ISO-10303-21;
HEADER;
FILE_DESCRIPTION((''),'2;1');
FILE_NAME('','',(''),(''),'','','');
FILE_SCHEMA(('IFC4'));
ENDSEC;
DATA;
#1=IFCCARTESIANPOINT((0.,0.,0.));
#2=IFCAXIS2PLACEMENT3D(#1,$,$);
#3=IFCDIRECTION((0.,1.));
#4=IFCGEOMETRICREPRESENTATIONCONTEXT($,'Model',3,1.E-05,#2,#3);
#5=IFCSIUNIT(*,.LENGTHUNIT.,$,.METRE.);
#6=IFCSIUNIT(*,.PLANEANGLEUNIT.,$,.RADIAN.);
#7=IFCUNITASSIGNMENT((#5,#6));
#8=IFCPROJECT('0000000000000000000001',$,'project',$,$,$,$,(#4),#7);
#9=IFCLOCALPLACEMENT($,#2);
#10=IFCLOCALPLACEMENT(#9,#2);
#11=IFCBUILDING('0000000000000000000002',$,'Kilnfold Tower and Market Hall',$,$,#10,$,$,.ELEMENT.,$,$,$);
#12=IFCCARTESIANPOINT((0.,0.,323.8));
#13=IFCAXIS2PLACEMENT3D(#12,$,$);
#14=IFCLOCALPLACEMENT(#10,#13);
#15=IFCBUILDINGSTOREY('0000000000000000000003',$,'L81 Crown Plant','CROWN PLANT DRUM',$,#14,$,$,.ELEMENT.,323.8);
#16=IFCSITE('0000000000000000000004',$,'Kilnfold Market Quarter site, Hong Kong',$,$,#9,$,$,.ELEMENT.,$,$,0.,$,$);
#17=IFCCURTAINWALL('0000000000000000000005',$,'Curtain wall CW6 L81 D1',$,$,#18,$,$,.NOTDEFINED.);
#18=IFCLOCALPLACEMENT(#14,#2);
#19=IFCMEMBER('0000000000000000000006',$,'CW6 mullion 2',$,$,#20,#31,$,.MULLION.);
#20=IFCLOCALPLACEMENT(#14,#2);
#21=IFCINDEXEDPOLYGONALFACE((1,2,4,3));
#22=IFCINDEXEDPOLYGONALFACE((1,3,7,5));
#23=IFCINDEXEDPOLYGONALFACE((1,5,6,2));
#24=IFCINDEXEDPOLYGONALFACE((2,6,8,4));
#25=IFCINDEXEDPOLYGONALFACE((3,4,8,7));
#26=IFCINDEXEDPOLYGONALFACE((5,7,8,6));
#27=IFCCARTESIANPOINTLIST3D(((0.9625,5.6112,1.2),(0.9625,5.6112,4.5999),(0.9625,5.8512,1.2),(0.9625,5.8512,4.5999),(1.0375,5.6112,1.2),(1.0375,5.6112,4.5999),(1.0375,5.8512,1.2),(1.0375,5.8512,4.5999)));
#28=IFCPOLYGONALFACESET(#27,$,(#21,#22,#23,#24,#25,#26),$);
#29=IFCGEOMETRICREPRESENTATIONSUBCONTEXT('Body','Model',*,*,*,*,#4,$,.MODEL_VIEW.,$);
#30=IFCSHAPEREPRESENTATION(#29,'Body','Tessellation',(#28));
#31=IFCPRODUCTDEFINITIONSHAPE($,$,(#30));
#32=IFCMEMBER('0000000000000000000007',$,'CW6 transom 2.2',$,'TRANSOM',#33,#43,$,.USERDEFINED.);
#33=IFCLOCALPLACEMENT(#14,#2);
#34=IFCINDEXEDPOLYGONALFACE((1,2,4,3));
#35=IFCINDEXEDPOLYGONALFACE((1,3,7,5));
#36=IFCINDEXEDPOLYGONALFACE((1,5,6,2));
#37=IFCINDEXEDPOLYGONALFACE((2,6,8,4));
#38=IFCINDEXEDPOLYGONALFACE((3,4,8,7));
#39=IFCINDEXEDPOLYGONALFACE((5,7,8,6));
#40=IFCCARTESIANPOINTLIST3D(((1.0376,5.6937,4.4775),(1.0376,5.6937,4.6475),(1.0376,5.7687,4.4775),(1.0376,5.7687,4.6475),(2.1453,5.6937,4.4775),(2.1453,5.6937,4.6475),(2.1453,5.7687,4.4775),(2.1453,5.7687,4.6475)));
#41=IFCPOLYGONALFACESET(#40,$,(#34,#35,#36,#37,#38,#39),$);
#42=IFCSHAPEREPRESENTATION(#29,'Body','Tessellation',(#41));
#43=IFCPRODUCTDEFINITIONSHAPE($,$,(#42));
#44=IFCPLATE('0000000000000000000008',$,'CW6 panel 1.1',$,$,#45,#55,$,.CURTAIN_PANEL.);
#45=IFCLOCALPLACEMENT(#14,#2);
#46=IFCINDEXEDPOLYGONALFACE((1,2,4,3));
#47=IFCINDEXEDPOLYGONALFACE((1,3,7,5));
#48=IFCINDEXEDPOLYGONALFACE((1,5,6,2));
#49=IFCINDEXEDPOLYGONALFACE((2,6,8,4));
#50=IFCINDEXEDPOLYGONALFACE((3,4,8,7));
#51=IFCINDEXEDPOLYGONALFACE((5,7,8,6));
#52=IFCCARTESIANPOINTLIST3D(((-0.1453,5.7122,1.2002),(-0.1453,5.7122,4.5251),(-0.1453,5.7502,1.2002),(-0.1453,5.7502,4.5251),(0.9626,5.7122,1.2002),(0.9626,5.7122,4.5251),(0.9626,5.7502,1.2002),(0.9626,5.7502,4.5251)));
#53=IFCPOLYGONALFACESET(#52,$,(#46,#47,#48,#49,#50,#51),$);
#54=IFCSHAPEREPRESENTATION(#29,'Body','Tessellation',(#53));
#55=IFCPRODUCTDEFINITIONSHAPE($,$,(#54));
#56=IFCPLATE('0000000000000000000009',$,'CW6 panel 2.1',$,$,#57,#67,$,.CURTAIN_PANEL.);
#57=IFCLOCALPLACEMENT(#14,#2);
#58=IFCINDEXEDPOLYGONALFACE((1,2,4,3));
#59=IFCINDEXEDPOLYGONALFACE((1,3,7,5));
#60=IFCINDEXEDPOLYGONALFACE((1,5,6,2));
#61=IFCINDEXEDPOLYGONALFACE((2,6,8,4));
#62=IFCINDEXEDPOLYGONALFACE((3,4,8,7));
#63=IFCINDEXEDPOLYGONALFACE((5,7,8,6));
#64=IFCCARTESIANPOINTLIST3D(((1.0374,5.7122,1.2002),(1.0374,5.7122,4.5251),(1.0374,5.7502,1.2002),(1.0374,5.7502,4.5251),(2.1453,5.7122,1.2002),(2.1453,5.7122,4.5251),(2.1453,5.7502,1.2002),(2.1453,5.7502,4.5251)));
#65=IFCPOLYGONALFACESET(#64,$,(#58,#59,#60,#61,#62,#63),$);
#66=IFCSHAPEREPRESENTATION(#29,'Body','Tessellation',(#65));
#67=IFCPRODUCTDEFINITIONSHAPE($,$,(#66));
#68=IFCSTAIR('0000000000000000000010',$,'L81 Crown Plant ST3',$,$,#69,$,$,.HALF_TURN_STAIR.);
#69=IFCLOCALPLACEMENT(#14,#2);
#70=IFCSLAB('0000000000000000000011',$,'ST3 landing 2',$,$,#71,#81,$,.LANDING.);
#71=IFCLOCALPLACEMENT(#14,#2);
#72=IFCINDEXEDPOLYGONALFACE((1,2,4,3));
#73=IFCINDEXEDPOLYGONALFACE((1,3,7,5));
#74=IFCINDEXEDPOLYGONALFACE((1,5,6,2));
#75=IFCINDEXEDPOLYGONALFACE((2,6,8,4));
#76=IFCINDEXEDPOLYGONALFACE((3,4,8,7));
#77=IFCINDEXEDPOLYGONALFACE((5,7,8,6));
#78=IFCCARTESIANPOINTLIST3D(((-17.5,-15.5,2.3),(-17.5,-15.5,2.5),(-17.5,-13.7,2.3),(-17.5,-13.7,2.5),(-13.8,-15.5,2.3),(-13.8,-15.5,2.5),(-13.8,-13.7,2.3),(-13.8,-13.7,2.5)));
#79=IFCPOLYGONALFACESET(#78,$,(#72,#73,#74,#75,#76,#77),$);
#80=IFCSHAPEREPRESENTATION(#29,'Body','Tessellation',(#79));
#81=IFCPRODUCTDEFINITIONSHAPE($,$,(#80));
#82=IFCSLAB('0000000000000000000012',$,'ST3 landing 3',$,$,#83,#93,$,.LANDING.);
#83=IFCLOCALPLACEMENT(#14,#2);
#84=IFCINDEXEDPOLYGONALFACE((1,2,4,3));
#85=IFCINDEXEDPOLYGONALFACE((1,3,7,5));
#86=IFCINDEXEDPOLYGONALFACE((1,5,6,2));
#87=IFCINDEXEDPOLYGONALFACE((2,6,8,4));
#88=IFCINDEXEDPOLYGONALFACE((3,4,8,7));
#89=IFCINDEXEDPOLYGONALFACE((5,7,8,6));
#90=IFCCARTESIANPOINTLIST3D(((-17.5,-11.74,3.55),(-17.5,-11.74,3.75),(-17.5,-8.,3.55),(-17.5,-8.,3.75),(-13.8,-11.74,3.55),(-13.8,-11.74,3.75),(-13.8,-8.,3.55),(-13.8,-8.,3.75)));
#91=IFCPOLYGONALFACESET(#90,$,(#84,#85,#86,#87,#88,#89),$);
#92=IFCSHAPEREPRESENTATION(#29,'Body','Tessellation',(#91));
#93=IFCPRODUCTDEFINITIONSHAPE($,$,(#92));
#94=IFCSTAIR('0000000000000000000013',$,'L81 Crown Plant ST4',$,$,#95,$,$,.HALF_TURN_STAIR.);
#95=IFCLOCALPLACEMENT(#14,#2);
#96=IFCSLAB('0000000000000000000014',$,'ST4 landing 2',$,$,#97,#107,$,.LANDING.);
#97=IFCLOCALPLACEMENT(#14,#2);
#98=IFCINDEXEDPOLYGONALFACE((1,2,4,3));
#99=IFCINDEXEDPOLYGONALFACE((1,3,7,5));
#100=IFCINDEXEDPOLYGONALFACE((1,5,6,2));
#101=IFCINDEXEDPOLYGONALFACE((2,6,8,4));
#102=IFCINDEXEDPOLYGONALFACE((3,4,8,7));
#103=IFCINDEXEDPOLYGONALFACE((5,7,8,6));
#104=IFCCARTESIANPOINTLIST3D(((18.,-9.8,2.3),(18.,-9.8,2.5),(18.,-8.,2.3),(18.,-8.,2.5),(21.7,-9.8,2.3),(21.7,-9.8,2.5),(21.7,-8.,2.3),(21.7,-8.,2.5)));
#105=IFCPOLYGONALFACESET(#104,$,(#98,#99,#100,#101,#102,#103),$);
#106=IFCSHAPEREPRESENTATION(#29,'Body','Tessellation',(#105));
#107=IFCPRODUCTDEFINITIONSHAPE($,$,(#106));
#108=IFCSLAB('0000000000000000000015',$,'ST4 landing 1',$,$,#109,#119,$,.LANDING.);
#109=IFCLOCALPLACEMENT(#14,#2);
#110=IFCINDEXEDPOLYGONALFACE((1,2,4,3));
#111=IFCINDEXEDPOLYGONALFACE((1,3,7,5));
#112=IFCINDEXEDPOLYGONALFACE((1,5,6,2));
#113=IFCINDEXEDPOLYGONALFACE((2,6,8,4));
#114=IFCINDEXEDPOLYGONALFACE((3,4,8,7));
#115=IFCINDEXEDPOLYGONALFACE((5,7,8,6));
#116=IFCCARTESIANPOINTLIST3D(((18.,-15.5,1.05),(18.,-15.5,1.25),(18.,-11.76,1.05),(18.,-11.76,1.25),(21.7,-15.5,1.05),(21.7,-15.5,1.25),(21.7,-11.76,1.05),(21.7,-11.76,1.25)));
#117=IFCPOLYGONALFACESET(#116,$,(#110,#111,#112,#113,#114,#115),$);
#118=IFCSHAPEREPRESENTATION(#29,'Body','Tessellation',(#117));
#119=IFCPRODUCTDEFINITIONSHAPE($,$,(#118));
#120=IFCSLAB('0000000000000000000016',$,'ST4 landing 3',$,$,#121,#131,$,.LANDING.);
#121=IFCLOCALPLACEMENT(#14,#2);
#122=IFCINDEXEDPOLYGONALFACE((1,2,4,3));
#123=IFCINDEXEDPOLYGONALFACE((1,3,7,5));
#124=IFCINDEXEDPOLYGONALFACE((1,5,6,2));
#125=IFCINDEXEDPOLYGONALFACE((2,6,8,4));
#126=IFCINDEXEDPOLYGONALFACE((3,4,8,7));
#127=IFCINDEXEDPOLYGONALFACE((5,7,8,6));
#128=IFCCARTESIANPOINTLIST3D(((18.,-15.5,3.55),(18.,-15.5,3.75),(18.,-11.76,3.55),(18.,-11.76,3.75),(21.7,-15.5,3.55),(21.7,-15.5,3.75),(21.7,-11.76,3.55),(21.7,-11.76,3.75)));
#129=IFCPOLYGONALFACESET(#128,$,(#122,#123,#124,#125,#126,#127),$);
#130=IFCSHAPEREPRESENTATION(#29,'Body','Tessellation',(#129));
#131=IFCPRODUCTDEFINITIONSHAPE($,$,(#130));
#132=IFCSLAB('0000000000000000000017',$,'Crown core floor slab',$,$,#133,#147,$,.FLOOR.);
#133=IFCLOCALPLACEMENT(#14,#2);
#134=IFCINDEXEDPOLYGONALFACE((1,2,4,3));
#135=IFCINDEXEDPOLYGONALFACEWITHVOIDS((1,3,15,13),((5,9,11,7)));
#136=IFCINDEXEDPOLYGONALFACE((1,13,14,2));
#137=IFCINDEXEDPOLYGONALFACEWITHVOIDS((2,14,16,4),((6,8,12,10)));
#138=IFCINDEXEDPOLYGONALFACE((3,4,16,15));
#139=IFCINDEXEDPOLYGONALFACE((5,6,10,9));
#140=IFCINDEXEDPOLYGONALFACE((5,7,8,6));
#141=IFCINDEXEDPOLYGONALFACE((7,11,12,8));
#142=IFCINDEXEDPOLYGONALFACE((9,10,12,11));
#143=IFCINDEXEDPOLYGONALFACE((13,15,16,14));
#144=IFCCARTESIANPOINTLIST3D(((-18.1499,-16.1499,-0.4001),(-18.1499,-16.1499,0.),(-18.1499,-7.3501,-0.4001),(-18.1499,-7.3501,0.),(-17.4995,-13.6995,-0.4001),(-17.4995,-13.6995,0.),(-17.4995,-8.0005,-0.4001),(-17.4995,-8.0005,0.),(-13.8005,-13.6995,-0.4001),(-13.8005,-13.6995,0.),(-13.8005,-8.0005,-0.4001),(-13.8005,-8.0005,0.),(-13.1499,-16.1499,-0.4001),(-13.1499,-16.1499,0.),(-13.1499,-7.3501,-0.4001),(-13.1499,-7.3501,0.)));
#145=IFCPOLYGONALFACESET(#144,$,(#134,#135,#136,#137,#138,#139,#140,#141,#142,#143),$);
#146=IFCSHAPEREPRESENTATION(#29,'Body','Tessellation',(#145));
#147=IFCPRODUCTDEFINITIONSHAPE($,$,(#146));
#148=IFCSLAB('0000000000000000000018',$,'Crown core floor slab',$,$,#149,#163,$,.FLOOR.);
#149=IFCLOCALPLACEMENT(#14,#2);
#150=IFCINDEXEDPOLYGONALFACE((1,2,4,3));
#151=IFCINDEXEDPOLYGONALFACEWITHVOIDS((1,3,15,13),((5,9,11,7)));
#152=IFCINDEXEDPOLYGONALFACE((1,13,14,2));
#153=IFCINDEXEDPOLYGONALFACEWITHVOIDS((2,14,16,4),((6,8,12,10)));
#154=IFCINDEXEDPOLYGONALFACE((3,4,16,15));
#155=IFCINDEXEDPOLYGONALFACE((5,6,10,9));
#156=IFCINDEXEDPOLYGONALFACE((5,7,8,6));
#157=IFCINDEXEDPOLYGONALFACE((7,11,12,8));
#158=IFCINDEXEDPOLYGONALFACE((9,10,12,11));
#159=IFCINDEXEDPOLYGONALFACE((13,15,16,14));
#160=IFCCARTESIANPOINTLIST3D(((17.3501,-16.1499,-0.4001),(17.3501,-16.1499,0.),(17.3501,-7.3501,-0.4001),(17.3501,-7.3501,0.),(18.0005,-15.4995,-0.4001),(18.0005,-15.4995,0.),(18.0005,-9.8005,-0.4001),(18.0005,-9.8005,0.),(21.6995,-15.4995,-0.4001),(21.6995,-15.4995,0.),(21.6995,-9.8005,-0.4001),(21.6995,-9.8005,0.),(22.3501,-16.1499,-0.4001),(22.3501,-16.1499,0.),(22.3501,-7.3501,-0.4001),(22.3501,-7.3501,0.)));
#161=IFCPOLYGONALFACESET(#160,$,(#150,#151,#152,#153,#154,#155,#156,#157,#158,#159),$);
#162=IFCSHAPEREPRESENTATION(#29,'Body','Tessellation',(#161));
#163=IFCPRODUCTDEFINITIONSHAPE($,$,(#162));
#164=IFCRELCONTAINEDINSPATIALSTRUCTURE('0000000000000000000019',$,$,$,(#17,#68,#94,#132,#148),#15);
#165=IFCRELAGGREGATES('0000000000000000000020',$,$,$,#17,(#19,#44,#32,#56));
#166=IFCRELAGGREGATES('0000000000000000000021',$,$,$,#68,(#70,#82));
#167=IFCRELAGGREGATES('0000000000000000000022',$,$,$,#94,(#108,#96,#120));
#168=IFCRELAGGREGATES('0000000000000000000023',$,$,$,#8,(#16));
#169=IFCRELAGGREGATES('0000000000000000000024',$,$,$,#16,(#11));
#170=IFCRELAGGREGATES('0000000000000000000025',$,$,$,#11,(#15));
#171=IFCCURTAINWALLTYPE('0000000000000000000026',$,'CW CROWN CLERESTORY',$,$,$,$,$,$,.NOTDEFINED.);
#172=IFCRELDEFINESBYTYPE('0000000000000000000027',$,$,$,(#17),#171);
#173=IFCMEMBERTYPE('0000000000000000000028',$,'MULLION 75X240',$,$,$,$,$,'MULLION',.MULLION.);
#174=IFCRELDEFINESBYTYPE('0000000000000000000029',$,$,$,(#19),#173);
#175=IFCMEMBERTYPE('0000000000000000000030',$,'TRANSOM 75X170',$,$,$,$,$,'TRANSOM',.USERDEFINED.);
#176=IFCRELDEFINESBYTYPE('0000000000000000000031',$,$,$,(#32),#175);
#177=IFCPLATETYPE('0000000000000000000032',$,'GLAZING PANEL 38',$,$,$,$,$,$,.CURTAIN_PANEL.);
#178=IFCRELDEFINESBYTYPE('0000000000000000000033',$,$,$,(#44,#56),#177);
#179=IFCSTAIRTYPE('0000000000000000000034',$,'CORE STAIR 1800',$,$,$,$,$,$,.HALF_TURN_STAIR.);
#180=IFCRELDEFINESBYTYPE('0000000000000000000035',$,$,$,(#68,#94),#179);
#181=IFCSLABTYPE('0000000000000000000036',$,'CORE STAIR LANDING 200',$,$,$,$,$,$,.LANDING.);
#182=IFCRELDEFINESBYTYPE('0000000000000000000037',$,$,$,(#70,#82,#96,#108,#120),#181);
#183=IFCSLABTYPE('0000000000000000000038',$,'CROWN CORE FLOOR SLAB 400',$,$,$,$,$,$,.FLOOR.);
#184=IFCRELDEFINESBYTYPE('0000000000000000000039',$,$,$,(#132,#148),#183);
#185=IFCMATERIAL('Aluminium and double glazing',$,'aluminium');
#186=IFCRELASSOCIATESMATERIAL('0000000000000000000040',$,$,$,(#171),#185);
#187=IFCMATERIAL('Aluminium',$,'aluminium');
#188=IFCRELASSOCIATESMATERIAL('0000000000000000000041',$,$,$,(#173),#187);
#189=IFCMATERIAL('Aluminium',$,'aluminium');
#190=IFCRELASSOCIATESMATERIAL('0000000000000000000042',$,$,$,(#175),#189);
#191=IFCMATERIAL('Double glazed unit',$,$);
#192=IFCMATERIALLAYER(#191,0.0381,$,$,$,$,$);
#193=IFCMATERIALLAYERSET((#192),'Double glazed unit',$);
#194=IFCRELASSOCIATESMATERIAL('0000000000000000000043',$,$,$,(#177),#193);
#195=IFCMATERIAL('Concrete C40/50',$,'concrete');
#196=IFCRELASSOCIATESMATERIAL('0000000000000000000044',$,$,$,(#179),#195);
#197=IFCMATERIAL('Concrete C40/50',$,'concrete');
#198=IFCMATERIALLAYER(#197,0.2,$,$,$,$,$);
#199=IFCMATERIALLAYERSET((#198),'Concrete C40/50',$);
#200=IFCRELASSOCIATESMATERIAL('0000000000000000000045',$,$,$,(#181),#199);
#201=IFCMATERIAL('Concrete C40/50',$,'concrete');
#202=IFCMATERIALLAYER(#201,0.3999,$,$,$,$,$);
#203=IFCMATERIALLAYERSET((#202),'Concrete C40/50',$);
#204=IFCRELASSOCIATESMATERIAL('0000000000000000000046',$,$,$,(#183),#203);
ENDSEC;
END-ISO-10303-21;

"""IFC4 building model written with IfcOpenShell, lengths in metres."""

from ifc_helpers import new_model, si_unit, direction, frame, origin, origin_2d, place, context, subcontext, project, spatial, polyline, rectangle, outline, extrude, source, transform, mapped, material, layer, layer_set, material_profile, profile_set, type_object, element, aggregate, save


model = new_model("IFC4")

# Units and contexts
model_context = context("Model", 3, precision=1e-05, world=origin(), true_north=direction((0.0, 1.0)))
body_context = subcontext(model_context, "Body", "Model", "MODEL_VIEW")
ifc_project = project(units=[si_unit("LENGTHUNIT", "METRE"), si_unit("PLANEANGLEUNIT", "RADIAN")], contexts=[model_context])

# Site, building, storey
site_placement = place(None, origin())
site = spatial("IfcSite", under=ifc_project, at=site_placement, Name="Kilnfold Market Quarter site, Hong Kong", CompositionType="ELEMENT", RefElevation=0.0)
building_placement = place(site_placement, origin())
building = spatial("IfcBuilding", under=site, at=building_placement, Name="Kilnfold Tower and Market Hall", CompositionType="ELEMENT")
storey_placement = place(building_placement, frame((0.0, 0.0, 323.8)))
storey = spatial("IfcBuildingStorey", under=building, at=storey_placement, Name="L81 Crown Plant", Description="CROWN PLANT DRUM", CompositionType="ELEMENT", Elevation=323.8)

# Curtain wall, members, plates
ifc_material_1 = material(Name="Aluminium and double glazing", Category="aluminium")
curtain_wall_type = type_object("IfcCurtainWallType", Name="CW CROWN CLERESTORY", PredefinedType="NOTDEFINED", material=ifc_material_1)
curtain_wall_placement = place(storey_placement, origin())
curtain_wall = element("IfcCurtainWall", 1, at=curtain_wall_placement, inside=storey, type_object=curtain_wall_type, Name="Curtain wall CW6 L81 D1", PredefinedType="NOTDEFINED")
ifc_material_2 = material(Name="Aluminium", Category="aluminium")
ifc_material_profile_1 = material_profile(ifc_material_2, rectangle(XDim=0.075, YDim=0.24, at=origin_2d()), Name="MULLION 75x240")
ifc_profile_set_1 = profile_set([ifc_material_profile_1], Name="Aluminium")
member_type_1 = type_object("IfcMemberType", Name="MULLION 75X240", ElementType="MULLION", PredefinedType="MULLION", material=ifc_profile_set_1)
shared_shape_1 = source(origin(), body_context, "Body", "SweptSolid", [
    extrude(rectangle(XDim=0.075, YDim=0.24, at=origin_2d()), origin(), (0.0, 0.0, 1.0), 3.3999),
])
member_1_placement = place(storey_placement, frame((1.0, 5.7312, 1.2), z_axis=(0.0, 0.0, 1.0), x_axis=(1.0, 0.0, 0.0)))
member_1 = element("IfcMember", 2, at=member_1_placement, type_object=member_type_1, Name="CW6 mullion 2", PredefinedType="MULLION", context=body_context, shape_type="MappedRepresentation", body=[
    mapped(shared_shape_1, transform((0.0, 0.0, 0.0))),
])
ifc_material_3 = material(Name="Aluminium", Category="aluminium")
ifc_material_profile_2 = material_profile(ifc_material_3, rectangle(XDim=0.075, YDim=0.1699, at=origin_2d()), Name="TRANSOM 75x170")
ifc_profile_set_2 = profile_set([ifc_material_profile_2], Name="Aluminium")
member_type_2 = type_object("IfcMemberType", Name="TRANSOM 75X170", ElementType="TRANSOM", PredefinedType="USERDEFINED", material=ifc_profile_set_2)
shared_shape_2 = source(origin(), body_context, "Body", "SweptSolid", [
    extrude(rectangle(XDim=0.075, YDim=0.1699, at=origin_2d()), origin(), (0.0, 0.0, 1.0), 1.1077),
])
member_2_placement = place(storey_placement, frame((1.0376, 5.7312, 4.5625), z_axis=(1.0, 0.0, 0.0), x_axis=(0.0, 1.0, 0.0)))
member_2 = element("IfcMember", 3, at=member_2_placement, type_object=member_type_2, Name="CW6 transom 2.2", ObjectType="TRANSOM", PredefinedType="USERDEFINED", context=body_context, shape_type="MappedRepresentation", body=[
    mapped(shared_shape_2, transform((0.0, 0.0, 0.0))),
])
ifc_material_4 = material(Name="Double glazed unit")
ifc_layer_1 = layer(ifc_material_4, 0.0381)
ifc_layer_set_1 = layer_set([ifc_layer_1], Name="Double glazed unit")
plate_type = type_object("IfcPlateType", Name="GLAZING PANEL 38", PredefinedType="CURTAIN_PANEL", material=ifc_layer_set_1)
shared_shape_3 = source(origin(), body_context, "Body", "SweptSolid", [
    extrude(rectangle(XDim=1.1079, YDim=0.0381, at=origin_2d()), origin(), (0.0, 0.0, 1.0), 3.325),
])
plate_1_placement = place(storey_placement, frame((0.4087, 5.7312, 1.2002), z_axis=(0.0, 0.0, 1.0), x_axis=(1.0, 0.0, 0.0)))
plate_1 = element("IfcPlate", 4, at=plate_1_placement, type_object=plate_type, Name="CW6 panel 1.1", PredefinedType="CURTAIN_PANEL", context=body_context, shape_type="MappedRepresentation", body=[
    mapped(shared_shape_3, transform((0.0, 0.0, 0.0))),
])
plate_2_placement = place(storey_placement, frame((1.5913, 5.7312, 1.2002), z_axis=(0.0, 0.0, 1.0), x_axis=(1.0, 0.0, 0.0)))
plate_2 = element("IfcPlate", 5, at=plate_2_placement, type_object=plate_type, Name="CW6 panel 2.1", PredefinedType="CURTAIN_PANEL", context=body_context, shape_type="MappedRepresentation", body=[
    mapped(shared_shape_3, transform((0.0, 0.0, 0.0))),
])
aggregate(curtain_wall, [member_1, plate_1, member_2, plate_2])

# Stairs, slabs
ifc_material_5 = material(Name="Concrete C40/50", Category="concrete")
stair_type = type_object("IfcStairType", Name="CORE STAIR 1800", PredefinedType="HALF_TURN_STAIR", material=ifc_material_5)
stair_1_placement = place(storey_placement, origin())
stair_1 = element("IfcStair", 6, at=stair_1_placement, inside=storey, type_object=stair_type, Name="L81 Crown Plant ST3", PredefinedType="HALF_TURN_STAIR")
ifc_material_6 = material(Name="Concrete C40/50", Category="concrete")
ifc_layer_2 = layer(ifc_material_6, 0.2)
ifc_layer_set_2 = layer_set([ifc_layer_2], Name="Concrete C40/50")
slab_type_1 = type_object("IfcSlabType", Name="CORE STAIR LANDING 200", PredefinedType="LANDING", material=ifc_layer_set_2)
shared_shape_4 = source(origin(), body_context, "Body", "SweptSolid", [
    extrude(outline(polyline([(-13.8, -15.5), (-13.8, -13.7), (-17.5, -13.7), (-17.5, -15.5), (-13.8, -15.5)])), origin(), (0.0, 0.0, 1.0), 0.2),
])
slab_1_placement = place(storey_placement, frame((0.0, 0.0, 2.3)))
slab_1 = element("IfcSlab", 7, at=slab_1_placement, type_object=slab_type_1, Name="ST3 landing 2", PredefinedType="LANDING", context=body_context, shape_type="MappedRepresentation", body=[
    mapped(shared_shape_4, transform((0.0, 0.0, 0.0))),
])
shared_shape_5 = source(origin(), body_context, "Body", "SweptSolid", [
    extrude(outline(polyline([(-13.8, -11.74), (-13.8, -8.0), (-17.5, -8.0), (-17.5, -11.74), (-13.8, -11.74)])), origin(), (0.0, 0.0, 1.0), 0.2),
])
slab_2_placement = place(storey_placement, frame((0.0, 0.0, 3.55)))
slab_2 = element("IfcSlab", 8, at=slab_2_placement, type_object=slab_type_1, Name="ST3 landing 3", PredefinedType="LANDING", context=body_context, shape_type="MappedRepresentation", body=[
    mapped(shared_shape_5, transform((0.0, 0.0, 0.0))),
])
aggregate(stair_1, [slab_1, slab_2])
stair_2_placement = place(storey_placement, origin())
stair_2 = element("IfcStair", 9, at=stair_2_placement, inside=storey, type_object=stair_type, Name="L81 Crown Plant ST4", PredefinedType="HALF_TURN_STAIR")
shared_shape_6 = source(origin(), body_context, "Body", "SweptSolid", [
    extrude(outline(polyline([(18.0, -8.0), (18.0, -9.8), (21.7, -9.8), (21.7, -8.0), (18.0, -8.0)])), origin(), (0.0, 0.0, 1.0), 0.2),
])
slab_3_placement = place(storey_placement, frame((0.0, 0.0, 2.3)))
slab_3 = element("IfcSlab", 10, at=slab_3_placement, type_object=slab_type_1, Name="ST4 landing 2", PredefinedType="LANDING", context=body_context, shape_type="MappedRepresentation", body=[
    mapped(shared_shape_6, transform((0.0, 0.0, 0.0))),
])
shared_shape_7 = source(origin(), body_context, "Body", "SweptSolid", [
    extrude(outline(polyline([(18.0, -11.76), (18.0, -15.5), (21.7, -15.5), (21.7, -11.76), (18.0, -11.76)])), origin(), (0.0, 0.0, 1.0), 0.2),
])
slab_4_placement = place(storey_placement, frame((0.0, 0.0, 1.05)))
slab_4 = element("IfcSlab", 11, at=slab_4_placement, type_object=slab_type_1, Name="ST4 landing 1", PredefinedType="LANDING", context=body_context, shape_type="MappedRepresentation", body=[
    mapped(shared_shape_7, transform((0.0, 0.0, 0.0))),
])
slab_5_placement = place(storey_placement, frame((0.0, 0.0, 3.55)))
slab_5 = element("IfcSlab", 12, at=slab_5_placement, type_object=slab_type_1, Name="ST4 landing 3", PredefinedType="LANDING", context=body_context, shape_type="MappedRepresentation", body=[
    mapped(shared_shape_7, transform((0.0, 0.0, 0.0))),
])
aggregate(stair_2, [slab_4, slab_3, slab_5])

# Slabs
ifc_material_7 = material(Name="Concrete C40/50", Category="concrete")
ifc_layer_3 = layer(ifc_material_7, 0.3999)
ifc_layer_set_3 = layer_set([ifc_layer_3], Name="Concrete C40/50")
slab_type_2 = type_object("IfcSlabType", Name="CROWN CORE FLOOR SLAB 400", PredefinedType="FLOOR", material=ifc_layer_set_3)
shared_shape_8 = source(origin(), body_context, "Body", "SweptSolid", [
    extrude(outline(polyline([(-13.1499, -16.1499), (-18.1499, -16.1499), (-18.1499, -7.3501), (-13.1499, -7.3501), (-13.1499, -16.1499)]), holes=[polyline([(-17.4995, -8.0005), (-17.4995, -13.6995), (-13.8005, -13.6995), (-13.8005, -8.0005), (-17.4995, -8.0005)])]), origin(), (0.0, 0.0, 1.0), 0.4001),
])
slab_6_placement = place(storey_placement, frame((0.0, 0.0, -0.4001)))
element("IfcSlab", 13, at=slab_6_placement, inside=storey, type_object=slab_type_2, Name="Crown core floor slab", PredefinedType="FLOOR", context=body_context, shape_type="MappedRepresentation", body=[
    mapped(shared_shape_8, transform((0.0, 0.0, 0.0))),
])
shared_shape_9 = source(origin(), body_context, "Body", "SweptSolid", [
    extrude(outline(polyline([(17.3501, -16.1499), (17.3501, -7.3501), (22.3501, -7.3501), (22.3501, -16.1499), (17.3501, -16.1499)]), holes=[polyline([(18.0005, -15.4995), (21.6995, -15.4995), (21.6995, -9.8005), (18.0005, -9.8005), (18.0005, -15.4995)])]), origin(), (0.0, 0.0, 1.0), 0.4001),
])
slab_7_placement = place(storey_placement, frame((0.0, 0.0, -0.4001)))
element("IfcSlab", 14, at=slab_7_placement, inside=storey, type_object=slab_type_2, Name="Crown core floor slab", PredefinedType="FLOOR", context=body_context, shape_type="MappedRepresentation", body=[
    mapped(shared_shape_9, transform((0.0, 0.0, 0.0))),
])

save(model, "model.ifc")
